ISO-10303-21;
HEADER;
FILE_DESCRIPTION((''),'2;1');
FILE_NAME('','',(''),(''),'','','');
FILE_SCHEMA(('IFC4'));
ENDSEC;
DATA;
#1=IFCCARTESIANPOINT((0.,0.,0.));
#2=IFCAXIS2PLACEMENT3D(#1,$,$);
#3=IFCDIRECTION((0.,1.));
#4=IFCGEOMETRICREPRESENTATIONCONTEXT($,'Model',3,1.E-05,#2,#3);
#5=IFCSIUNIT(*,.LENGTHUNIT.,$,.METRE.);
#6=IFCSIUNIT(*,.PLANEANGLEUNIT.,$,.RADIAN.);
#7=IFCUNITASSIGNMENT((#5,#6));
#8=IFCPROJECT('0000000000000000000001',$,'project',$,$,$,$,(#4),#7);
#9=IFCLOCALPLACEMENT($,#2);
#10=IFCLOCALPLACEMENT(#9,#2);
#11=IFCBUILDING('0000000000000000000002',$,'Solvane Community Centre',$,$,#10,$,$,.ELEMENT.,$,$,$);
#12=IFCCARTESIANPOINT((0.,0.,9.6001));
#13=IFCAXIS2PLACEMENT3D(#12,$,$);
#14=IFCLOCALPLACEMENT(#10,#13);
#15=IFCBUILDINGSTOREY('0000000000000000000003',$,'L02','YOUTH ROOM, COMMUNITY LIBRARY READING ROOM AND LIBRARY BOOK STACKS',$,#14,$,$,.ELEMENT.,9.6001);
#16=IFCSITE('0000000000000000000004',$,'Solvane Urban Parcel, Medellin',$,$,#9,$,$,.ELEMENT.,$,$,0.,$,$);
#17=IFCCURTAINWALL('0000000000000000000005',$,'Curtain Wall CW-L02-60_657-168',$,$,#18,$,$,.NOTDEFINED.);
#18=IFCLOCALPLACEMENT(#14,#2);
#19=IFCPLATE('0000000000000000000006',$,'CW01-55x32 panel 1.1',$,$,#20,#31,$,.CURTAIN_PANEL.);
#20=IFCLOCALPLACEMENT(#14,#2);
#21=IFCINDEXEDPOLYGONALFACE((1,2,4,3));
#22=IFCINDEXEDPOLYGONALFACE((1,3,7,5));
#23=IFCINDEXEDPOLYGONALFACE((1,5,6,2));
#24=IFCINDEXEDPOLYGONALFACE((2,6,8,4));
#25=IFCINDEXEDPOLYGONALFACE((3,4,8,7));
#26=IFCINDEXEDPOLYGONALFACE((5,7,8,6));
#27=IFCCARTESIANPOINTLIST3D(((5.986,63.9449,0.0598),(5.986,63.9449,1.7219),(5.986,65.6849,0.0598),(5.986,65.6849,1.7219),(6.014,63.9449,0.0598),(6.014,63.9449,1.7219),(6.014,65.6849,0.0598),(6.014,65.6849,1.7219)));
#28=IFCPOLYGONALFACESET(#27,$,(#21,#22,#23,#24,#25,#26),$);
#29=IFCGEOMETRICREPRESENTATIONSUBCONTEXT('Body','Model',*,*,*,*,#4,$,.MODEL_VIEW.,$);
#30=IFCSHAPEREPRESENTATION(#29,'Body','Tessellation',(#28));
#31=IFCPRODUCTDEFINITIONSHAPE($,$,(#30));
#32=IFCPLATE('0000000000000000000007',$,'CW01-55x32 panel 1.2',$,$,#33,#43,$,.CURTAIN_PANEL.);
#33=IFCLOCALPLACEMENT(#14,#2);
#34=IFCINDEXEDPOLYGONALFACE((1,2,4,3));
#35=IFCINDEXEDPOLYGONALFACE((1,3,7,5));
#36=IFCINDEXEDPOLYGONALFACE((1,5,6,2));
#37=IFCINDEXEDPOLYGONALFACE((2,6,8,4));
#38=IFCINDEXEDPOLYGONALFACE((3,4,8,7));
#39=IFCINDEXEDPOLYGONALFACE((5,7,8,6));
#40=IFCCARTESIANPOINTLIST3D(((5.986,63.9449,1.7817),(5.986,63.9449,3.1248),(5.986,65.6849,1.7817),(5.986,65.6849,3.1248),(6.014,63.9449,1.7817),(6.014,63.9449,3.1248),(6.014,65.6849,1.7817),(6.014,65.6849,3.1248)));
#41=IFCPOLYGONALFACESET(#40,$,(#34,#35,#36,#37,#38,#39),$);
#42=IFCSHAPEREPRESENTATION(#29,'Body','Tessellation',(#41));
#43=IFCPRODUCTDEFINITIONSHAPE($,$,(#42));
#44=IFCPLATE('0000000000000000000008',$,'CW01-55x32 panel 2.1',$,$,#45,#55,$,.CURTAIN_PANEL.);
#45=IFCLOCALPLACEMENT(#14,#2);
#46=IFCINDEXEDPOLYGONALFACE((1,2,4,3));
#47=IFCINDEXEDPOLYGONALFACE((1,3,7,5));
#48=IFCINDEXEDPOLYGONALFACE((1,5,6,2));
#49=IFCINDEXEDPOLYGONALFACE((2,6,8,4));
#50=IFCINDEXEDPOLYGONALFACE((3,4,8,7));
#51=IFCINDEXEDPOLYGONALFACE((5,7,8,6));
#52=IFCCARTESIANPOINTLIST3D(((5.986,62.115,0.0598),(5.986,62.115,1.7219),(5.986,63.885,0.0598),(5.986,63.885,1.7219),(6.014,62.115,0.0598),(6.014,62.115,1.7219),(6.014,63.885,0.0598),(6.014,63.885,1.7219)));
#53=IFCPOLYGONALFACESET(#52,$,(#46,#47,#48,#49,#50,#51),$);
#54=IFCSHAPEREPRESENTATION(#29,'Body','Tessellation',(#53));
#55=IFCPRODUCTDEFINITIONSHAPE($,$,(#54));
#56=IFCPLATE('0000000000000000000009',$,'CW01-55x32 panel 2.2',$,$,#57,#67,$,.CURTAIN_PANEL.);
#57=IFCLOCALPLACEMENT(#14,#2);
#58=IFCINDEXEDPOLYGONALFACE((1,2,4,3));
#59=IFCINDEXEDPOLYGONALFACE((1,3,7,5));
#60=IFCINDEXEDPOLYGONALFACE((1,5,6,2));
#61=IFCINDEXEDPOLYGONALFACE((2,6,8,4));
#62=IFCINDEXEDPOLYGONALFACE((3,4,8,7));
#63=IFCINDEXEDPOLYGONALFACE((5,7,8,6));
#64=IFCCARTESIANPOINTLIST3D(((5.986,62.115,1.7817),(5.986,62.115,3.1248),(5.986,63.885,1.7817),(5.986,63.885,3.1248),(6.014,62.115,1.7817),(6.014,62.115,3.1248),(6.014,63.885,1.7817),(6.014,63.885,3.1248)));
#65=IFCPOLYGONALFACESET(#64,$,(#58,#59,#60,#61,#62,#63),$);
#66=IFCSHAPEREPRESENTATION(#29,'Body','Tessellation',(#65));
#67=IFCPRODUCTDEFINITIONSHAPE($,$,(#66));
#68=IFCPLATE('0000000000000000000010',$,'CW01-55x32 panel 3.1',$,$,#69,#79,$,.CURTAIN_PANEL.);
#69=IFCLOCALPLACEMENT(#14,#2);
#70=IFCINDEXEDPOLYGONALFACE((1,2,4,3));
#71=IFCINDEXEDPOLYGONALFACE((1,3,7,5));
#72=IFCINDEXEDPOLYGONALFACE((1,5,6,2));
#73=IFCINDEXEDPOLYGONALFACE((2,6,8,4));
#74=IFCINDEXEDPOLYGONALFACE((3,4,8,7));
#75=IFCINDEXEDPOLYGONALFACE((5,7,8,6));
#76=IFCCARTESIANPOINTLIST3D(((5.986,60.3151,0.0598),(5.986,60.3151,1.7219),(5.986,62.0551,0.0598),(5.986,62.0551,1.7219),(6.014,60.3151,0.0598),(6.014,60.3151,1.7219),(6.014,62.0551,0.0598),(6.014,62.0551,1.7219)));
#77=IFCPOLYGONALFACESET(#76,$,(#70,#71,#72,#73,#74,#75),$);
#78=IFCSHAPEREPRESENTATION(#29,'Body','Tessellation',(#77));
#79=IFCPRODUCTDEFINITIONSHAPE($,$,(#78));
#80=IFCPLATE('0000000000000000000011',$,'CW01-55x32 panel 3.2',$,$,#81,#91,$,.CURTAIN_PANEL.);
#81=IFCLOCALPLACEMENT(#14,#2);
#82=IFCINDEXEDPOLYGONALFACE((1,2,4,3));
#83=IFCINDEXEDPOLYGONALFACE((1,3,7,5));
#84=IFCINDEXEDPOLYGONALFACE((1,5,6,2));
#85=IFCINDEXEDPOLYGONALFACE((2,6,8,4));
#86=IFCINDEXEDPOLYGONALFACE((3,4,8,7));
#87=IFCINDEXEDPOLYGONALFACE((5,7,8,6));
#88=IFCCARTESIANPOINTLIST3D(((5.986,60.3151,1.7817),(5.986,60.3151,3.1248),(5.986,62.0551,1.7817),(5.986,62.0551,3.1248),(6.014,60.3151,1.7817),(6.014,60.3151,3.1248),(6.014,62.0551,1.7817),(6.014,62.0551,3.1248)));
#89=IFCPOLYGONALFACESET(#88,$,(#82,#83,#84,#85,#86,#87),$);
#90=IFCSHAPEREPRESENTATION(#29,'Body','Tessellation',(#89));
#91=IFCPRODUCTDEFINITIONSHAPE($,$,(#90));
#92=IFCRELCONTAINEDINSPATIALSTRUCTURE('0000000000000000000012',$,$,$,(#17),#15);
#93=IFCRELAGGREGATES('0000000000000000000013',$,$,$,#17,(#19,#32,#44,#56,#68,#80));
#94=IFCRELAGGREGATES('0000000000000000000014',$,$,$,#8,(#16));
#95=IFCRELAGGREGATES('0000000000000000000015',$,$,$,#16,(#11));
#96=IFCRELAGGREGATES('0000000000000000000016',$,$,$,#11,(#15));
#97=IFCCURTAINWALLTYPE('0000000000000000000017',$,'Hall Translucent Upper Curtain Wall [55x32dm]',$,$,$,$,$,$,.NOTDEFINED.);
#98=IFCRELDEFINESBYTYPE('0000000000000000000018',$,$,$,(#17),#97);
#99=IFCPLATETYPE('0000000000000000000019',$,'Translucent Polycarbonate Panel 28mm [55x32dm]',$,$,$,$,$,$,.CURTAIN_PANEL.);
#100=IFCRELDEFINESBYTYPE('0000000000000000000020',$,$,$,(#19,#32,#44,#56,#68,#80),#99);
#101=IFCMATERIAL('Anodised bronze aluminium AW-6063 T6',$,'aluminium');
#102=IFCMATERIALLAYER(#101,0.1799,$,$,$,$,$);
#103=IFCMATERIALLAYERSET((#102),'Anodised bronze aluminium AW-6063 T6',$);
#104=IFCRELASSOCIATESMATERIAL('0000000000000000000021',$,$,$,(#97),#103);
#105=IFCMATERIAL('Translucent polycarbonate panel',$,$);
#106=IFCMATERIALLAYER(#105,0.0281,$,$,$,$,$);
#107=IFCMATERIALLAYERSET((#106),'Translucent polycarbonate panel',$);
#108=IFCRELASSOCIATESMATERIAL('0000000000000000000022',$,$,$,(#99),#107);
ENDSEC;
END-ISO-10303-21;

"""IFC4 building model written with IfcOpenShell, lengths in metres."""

from ifc_helpers import new_model, si_unit, direction, frame, origin, origin_2d, place, context, subcontext, project, spatial, rectangle, extrude, material, layer, layer_set, type_object, element, aggregate, save


model = new_model("IFC4")

# Units and contexts
model_context = context("Model", 3, precision=1e-05, world=origin(), true_north=direction((0.0, 1.0)))
body_context = subcontext(model_context, "Body", "Model", "MODEL_VIEW")
ifc_project = project(units=[si_unit("LENGTHUNIT", "METRE"), si_unit("PLANEANGLEUNIT", "RADIAN")], contexts=[model_context])

# Site, building, storey
site_placement = place(None, origin())
site = spatial("IfcSite", under=ifc_project, at=site_placement, Name="Solvane Urban Parcel, Medellin", CompositionType="ELEMENT", RefElevation=0.0)
building_placement = place(site_placement, origin())
building = spatial("IfcBuilding", under=site, at=building_placement, Name="Solvane Community Centre", CompositionType="ELEMENT")
storey_placement = place(building_placement, frame((0.0, 0.0, 9.6001)))
storey = spatial("IfcBuildingStorey", under=building, at=storey_placement, Name="L02", Description="YOUTH ROOM, COMMUNITY LIBRARY READING ROOM AND LIBRARY BOOK STACKS", CompositionType="ELEMENT", Elevation=9.6001)

# Curtain wall
ifc_material_1 = material(Name="Anodised bronze aluminium AW-6063 T6", Category="aluminium")
ifc_layer_1 = layer(ifc_material_1, 0.1799)
ifc_layer_set_1 = layer_set([ifc_layer_1], Name="Anodised bronze aluminium AW-6063 T6")
curtain_wall_type = type_object("IfcCurtainWallType", Name="Hall Translucent Upper Curtain Wall [55x32dm]", PredefinedType="NOTDEFINED", material=ifc_layer_set_1)
curtain_wall_placement = place(storey_placement, origin())
curtain_wall = element("IfcCurtainWall", 1, at=curtain_wall_placement, inside=storey, type_object=curtain_wall_type, Name="Curtain Wall CW-L02-60_657-168", PredefinedType="NOTDEFINED")

# Plates
ifc_material_2 = material(Name="Translucent polycarbonate panel")
ifc_layer_2 = layer(ifc_material_2, 0.0281)
ifc_layer_set_2 = layer_set([ifc_layer_2], Name="Translucent polycarbonate panel")
plate_type = type_object("IfcPlateType", Name="Translucent Polycarbonate Panel 28mm [55x32dm]", PredefinedType="CURTAIN_PANEL", material=ifc_layer_set_2)
plate_1_placement = place(storey_placement, frame((6.0, 64.8149, 0.0598), z_axis=(0.0, 0.0, 1.0), x_axis=(0.0, -1.0, 0.0)))
plate_1 = element("IfcPlate", 2, at=plate_1_placement, type_object=plate_type, Name="CW01-55x32 panel 1.1", PredefinedType="CURTAIN_PANEL", context=body_context, shape_type="SweptSolid", body=[
    extrude(rectangle(XDim=1.74, YDim=0.0281, at=origin_2d()), origin(), (0.0, 0.0, 1.0), 1.6621),
])
plate_2_placement = place(storey_placement, frame((6.0, 64.8149, 1.7817), z_axis=(0.0, 0.0, 1.0), x_axis=(0.0, -1.0, 0.0)))
plate_2 = element("IfcPlate", 3, at=plate_2_placement, type_object=plate_type, Name="CW01-55x32 panel 1.2", PredefinedType="CURTAIN_PANEL", context=body_context, shape_type="SweptSolid", body=[
    extrude(rectangle(XDim=1.74, YDim=0.0281, at=origin_2d()), origin(), (0.0, 0.0, 1.0), 1.343),
])
plate_3_placement = place(storey_placement, frame((6.0, 63.0, 0.0598), z_axis=(0.0, 0.0, 1.0), x_axis=(0.0, -1.0, 0.0)))
plate_3 = element("IfcPlate", 4, at=plate_3_placement, type_object=plate_type, Name="CW01-55x32 panel 2.1", PredefinedType="CURTAIN_PANEL", context=body_context, shape_type="SweptSolid", body=[
    extrude(rectangle(XDim=1.77, YDim=0.0281, at=origin_2d()), origin(), (0.0, 0.0, 1.0), 1.6621),
])
plate_4_placement = place(storey_placement, frame((6.0, 63.0, 1.7817), z_axis=(0.0, 0.0, 1.0), x_axis=(0.0, -1.0, 0.0)))
plate_4 = element("IfcPlate", 5, at=plate_4_placement, type_object=plate_type, Name="CW01-55x32 panel 2.2", PredefinedType="CURTAIN_PANEL", context=body_context, shape_type="SweptSolid", body=[
    extrude(rectangle(XDim=1.77, YDim=0.0281, at=origin_2d()), origin(), (0.0, 0.0, 1.0), 1.343),
])
plate_5_placement = place(storey_placement, frame((6.0, 61.1851, 0.0598), z_axis=(0.0, 0.0, 1.0), x_axis=(0.0, -1.0, 0.0)))
plate_5 = element("IfcPlate", 6, at=plate_5_placement, type_object=plate_type, Name="CW01-55x32 panel 3.1", PredefinedType="CURTAIN_PANEL", context=body_context, shape_type="SweptSolid", body=[
    extrude(rectangle(XDim=1.74, YDim=0.0281, at=origin_2d()), origin(), (0.0, 0.0, 1.0), 1.6621),
])
plate_6_placement = place(storey_placement, frame((6.0, 61.1851, 1.7817), z_axis=(0.0, 0.0, 1.0), x_axis=(0.0, -1.0, 0.0)))
plate_6 = element("IfcPlate", 7, at=plate_6_placement, type_object=plate_type, Name="CW01-55x32 panel 3.2", PredefinedType="CURTAIN_PANEL", context=body_context, shape_type="SweptSolid", body=[
    extrude(rectangle(XDim=1.74, YDim=0.0281, at=origin_2d()), origin(), (0.0, 0.0, 1.0), 1.343),
])
aggregate(curtain_wall, [plate_1, plate_2, plate_3, plate_4, plate_5, plate_6])

save(model, "model.ifc")
